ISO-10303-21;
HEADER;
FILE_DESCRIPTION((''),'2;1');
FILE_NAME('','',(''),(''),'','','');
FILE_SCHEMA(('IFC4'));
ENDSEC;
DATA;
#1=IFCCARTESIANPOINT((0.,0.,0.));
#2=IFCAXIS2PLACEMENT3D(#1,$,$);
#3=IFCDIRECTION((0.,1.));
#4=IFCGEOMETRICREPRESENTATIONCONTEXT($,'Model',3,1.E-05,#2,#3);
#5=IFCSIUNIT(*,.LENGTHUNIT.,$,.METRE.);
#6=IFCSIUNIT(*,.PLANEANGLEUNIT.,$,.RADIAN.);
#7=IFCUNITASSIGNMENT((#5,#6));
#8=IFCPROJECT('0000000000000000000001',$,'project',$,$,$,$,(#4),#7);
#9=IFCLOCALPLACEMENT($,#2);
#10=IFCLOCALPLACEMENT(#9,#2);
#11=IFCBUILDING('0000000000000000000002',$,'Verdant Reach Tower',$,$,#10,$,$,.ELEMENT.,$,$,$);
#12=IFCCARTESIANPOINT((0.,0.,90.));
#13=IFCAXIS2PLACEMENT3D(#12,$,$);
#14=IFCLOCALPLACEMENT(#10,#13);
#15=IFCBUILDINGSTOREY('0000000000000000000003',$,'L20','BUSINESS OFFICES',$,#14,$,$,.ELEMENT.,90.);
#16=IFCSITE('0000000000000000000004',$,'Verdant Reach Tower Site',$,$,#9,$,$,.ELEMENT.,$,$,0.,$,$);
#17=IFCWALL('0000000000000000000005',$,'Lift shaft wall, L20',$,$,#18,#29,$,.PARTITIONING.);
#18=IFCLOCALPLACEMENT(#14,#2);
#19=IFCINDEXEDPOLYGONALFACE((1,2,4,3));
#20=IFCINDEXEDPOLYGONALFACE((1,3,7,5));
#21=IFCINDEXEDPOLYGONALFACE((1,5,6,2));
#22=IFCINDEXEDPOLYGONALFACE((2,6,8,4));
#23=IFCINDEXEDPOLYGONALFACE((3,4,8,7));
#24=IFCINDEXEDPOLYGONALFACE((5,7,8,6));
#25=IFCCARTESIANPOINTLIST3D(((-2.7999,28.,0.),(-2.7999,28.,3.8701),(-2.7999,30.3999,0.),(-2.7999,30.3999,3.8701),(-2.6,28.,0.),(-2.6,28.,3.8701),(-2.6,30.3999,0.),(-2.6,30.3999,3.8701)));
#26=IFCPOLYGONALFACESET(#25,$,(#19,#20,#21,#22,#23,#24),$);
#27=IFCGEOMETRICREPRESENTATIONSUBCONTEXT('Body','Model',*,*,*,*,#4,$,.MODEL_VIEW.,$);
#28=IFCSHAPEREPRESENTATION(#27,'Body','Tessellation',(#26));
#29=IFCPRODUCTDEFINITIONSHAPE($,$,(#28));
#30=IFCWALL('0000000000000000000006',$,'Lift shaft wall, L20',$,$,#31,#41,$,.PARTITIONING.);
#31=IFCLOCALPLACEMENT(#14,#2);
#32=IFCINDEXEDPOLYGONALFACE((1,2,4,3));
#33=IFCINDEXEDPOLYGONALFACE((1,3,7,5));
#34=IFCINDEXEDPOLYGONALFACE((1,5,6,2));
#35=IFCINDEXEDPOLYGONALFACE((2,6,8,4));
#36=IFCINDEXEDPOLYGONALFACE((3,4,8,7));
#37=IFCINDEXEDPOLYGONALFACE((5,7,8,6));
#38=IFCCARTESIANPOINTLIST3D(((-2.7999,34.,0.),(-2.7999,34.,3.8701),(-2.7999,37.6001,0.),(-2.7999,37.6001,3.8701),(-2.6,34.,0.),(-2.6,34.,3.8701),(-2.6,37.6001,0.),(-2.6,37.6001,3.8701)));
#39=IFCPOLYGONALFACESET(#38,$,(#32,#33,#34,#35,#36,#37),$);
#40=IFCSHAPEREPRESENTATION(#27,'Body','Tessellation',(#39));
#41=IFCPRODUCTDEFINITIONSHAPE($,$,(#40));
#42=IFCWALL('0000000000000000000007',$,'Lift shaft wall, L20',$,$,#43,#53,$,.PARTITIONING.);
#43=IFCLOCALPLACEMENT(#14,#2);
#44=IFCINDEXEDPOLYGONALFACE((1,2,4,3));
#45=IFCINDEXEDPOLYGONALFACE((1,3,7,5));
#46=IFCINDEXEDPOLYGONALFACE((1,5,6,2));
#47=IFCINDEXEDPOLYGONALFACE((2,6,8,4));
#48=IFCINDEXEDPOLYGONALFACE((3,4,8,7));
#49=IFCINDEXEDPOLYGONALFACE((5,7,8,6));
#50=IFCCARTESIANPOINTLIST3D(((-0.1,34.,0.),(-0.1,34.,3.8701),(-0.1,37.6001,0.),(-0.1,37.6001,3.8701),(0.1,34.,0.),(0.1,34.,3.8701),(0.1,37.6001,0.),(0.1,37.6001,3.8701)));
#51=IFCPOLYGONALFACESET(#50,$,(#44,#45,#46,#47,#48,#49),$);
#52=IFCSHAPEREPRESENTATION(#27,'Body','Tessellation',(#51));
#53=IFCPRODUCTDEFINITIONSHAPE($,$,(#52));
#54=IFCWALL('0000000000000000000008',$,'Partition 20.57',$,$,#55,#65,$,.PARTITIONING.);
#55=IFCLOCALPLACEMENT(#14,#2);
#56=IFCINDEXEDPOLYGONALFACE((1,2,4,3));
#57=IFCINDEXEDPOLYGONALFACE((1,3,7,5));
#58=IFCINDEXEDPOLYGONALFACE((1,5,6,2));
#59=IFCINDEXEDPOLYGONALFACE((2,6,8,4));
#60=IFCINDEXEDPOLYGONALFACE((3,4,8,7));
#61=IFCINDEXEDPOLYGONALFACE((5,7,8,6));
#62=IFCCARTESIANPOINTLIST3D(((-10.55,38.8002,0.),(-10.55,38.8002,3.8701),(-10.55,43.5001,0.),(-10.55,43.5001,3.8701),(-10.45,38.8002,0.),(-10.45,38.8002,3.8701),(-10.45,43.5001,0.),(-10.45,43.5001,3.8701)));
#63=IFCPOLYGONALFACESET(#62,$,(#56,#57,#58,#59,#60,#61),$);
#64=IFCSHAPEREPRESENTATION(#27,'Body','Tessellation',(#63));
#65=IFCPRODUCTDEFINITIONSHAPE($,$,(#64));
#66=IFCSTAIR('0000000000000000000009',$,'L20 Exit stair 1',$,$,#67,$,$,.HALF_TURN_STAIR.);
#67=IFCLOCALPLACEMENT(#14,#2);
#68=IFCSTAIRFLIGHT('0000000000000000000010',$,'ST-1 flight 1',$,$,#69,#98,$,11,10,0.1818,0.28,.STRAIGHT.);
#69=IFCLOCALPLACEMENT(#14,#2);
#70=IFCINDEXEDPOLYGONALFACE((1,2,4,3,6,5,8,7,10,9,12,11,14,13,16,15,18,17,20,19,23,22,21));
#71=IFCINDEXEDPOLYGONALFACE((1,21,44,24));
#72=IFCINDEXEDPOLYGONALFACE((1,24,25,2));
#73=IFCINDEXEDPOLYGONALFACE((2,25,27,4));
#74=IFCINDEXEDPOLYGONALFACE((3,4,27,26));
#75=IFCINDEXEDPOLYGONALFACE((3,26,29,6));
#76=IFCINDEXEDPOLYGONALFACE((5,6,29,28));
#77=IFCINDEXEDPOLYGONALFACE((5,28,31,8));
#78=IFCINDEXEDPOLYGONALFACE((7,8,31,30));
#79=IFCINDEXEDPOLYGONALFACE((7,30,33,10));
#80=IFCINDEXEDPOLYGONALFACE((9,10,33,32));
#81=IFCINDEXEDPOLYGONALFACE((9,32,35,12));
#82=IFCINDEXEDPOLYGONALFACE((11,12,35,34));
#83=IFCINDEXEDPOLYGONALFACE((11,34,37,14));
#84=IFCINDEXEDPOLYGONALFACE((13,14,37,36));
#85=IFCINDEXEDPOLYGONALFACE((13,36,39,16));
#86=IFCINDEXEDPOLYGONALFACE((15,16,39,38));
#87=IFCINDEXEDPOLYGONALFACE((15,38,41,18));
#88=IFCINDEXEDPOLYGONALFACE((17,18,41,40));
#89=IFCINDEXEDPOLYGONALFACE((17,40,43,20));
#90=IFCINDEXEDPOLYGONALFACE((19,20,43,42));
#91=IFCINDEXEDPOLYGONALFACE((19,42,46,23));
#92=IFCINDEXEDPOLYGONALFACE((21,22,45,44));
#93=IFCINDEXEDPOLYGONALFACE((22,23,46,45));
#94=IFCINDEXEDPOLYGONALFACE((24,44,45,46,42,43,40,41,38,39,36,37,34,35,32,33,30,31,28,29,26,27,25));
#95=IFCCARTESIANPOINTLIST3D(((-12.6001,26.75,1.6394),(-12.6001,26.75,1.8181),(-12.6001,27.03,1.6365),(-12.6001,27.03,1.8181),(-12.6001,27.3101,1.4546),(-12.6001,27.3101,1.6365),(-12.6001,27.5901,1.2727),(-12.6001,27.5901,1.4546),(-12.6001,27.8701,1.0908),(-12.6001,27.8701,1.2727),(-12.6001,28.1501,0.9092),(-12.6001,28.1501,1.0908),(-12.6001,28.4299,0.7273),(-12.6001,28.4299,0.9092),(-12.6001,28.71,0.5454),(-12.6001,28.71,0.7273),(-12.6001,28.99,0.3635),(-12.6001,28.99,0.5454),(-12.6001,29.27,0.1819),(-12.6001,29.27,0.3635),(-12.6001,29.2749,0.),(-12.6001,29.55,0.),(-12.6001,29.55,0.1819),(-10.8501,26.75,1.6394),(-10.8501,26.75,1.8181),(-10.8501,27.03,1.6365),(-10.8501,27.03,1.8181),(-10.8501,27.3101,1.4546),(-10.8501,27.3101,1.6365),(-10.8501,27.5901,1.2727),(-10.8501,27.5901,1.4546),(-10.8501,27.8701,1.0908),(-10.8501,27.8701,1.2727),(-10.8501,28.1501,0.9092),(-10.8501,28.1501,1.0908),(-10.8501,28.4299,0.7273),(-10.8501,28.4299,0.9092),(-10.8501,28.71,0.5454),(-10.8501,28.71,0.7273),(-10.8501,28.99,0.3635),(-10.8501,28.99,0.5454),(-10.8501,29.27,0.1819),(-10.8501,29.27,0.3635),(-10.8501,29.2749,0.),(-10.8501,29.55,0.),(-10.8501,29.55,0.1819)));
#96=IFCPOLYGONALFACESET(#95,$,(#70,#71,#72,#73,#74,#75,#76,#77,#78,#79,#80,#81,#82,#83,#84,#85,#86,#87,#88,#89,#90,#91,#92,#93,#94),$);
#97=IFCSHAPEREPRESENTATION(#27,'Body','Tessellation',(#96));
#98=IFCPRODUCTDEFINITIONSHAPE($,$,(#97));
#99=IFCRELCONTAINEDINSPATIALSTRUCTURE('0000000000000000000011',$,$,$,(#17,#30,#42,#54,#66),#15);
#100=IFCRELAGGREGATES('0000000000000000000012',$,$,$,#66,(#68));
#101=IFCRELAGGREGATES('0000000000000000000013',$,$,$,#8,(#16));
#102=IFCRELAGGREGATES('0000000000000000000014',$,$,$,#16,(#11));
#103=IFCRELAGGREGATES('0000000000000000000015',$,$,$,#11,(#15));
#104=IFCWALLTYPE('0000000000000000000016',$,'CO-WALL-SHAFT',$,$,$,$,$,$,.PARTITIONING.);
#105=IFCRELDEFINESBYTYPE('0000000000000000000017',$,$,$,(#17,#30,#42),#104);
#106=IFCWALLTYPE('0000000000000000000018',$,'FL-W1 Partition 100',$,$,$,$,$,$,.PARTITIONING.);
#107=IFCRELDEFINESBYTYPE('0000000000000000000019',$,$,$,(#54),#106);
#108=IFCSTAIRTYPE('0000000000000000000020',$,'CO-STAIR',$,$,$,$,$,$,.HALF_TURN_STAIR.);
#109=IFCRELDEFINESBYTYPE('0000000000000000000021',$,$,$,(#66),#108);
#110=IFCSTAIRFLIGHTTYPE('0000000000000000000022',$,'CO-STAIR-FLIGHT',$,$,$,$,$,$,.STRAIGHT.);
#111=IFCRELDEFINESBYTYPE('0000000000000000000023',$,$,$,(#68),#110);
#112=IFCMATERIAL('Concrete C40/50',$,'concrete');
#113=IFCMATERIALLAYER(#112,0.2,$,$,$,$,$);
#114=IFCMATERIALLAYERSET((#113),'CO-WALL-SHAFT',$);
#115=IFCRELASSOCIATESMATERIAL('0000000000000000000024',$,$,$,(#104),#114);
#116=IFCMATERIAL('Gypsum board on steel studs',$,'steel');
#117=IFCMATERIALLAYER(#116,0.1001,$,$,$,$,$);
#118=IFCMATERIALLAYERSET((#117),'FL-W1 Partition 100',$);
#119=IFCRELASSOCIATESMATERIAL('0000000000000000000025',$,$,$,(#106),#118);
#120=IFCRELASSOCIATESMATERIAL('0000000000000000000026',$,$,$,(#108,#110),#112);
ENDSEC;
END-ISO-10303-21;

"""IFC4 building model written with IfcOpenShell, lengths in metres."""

from ifc_helpers import new_model, si_unit, direction, frame, frame_2d, origin, place, context, subcontext, project, spatial, polyline, rectangle, outline, extrude, material, layer, layer_set, type_object, element, aggregate, save


model = new_model("IFC4")

# Units and contexts
model_context = context("Model", 3, precision=1e-05, world=origin(), true_north=direction((0.0, 1.0)))
body_context = subcontext(model_context, "Body", "Model", "MODEL_VIEW")
ifc_project = project(units=[si_unit("LENGTHUNIT", "METRE"), si_unit("PLANEANGLEUNIT", "RADIAN")], contexts=[model_context])

# Site, building, storey
site_placement = place(None, origin())
site = spatial("IfcSite", under=ifc_project, at=site_placement, Name="Verdant Reach Tower Site", CompositionType="ELEMENT", RefElevation=0.0)
building_placement = place(site_placement, origin())
building = spatial("IfcBuilding", under=site, at=building_placement, Name="Verdant Reach Tower", CompositionType="ELEMENT")
storey_placement = place(building_placement, frame((0.0, 0.0, 90.0)))
storey = spatial("IfcBuildingStorey", under=building, at=storey_placement, Name="L20", Description="BUSINESS OFFICES", CompositionType="ELEMENT", Elevation=90.0)

# Shared definitions
ifc_material_1 = material(Name="Concrete C40/50", Category="concrete")
ifc_layer_1 = layer(ifc_material_1, 0.2)
ifc_layer_set_1 = layer_set([ifc_layer_1], Name="CO-WALL-SHAFT")
wall_type_1 = type_object("IfcWallType", Name="CO-WALL-SHAFT", PredefinedType="PARTITIONING", material=ifc_layer_set_1)

# Walls
wall_1_placement = place(storey_placement, frame((-2.7, 28.0, 0.0), z_axis=(0.0, 0.0, 1.0), x_axis=(0.0, 1.0, 0.0)))
element("IfcWall", 1, at=wall_1_placement, inside=storey, type_object=wall_type_1, Name="Lift shaft wall, L20", PredefinedType="PARTITIONING", context=body_context, shape_type="SweptSolid", body=[
    extrude(rectangle(XDim=2.3999, YDim=0.2, at=frame_2d((1.2, 0.0))), origin(), (0.0, 0.0, 1.0), 3.8701),
])
for number, where, z_axis, x_axis, name in (
    (2, (-2.7, 34.0, 0.0), (0.0, 0.0, 1.0), (0.0, 1.0, 0.0), "Lift shaft wall, L20"),
    (3, (0.0, 34.0, 0.0), (0.0, 0.0, 1.0), (0.0, 1.0, 0.0), "Lift shaft wall, L20"),
):
    element("IfcWall", number, at=place(storey_placement, frame(where, z_axis=z_axis, x_axis=x_axis)), inside=storey, type_object=wall_type_1, Name=name, PredefinedType="PARTITIONING", context=body_context, shape_type="SweptSolid", body=[
        extrude(rectangle(XDim=3.6001, YDim=0.2, at=frame_2d((1.8, 0.0))), origin(), (0.0, 0.0, 1.0), 3.8701),
    ])
ifc_material_2 = material(Name="Gypsum board on steel studs", Category="steel")
ifc_layer_2 = layer(ifc_material_2, 0.1001)
ifc_layer_set_2 = layer_set([ifc_layer_2], Name="FL-W1 Partition 100")
wall_type_2 = type_object("IfcWallType", Name="FL-W1 Partition 100", PredefinedType="PARTITIONING", material=ifc_layer_set_2)
wall_2_placement = place(storey_placement, frame((-10.5, 38.8, 0.0), z_axis=(0.0, 0.0, 1.0), x_axis=(0.0, 1.0, 0.0)))
element("IfcWall", 4, at=wall_2_placement, inside=storey, type_object=wall_type_2, Name="Partition 20.57", PredefinedType="PARTITIONING", context=body_context, shape_type="SweptSolid", body=[
    extrude(rectangle(XDim=4.7, YDim=0.1001, at=frame_2d((2.3501, 0.0))), origin(), (0.0, 0.0, 1.0), 3.8701),
])

# Stair, stair flight
stair_type = type_object("IfcStairType", Name="CO-STAIR", PredefinedType="HALF_TURN_STAIR", material=ifc_material_1)
stair_placement = place(storey_placement, origin())
stair = element("IfcStair", 5, at=stair_placement, inside=storey, type_object=stair_type, Name="L20 Exit stair 1", PredefinedType="HALF_TURN_STAIR")
stair_flight_type = type_object("IfcStairFlightType", Name="CO-STAIR-FLIGHT", PredefinedType="STRAIGHT", material=ifc_material_1)
stair_flight_placement = place(storey_placement, frame((-11.7251, 29.55, 0.0), z_axis=(0.0, 0.0, 1.0), x_axis=(0.0, -1.0, 0.0)))
stair_flight = element("IfcStairFlight", 6, at=stair_flight_placement, type_object=stair_flight_type, Name="ST-1 flight 1", NumberOfRisers=11, NumberOfTreads=10, PredefinedType="STRAIGHT", RiserHeight=0.1818, TreadLength=0.28, context=body_context, shape_type="SweptSolid", body=[
    extrude(outline(polyline([(0.0, 0.0), (0.0, 0.1819), (0.28, 0.1819), (0.28, 0.3635), (0.5601, 0.3635), (0.5601, 0.5454), (0.8401, 0.5454), (0.8401, 0.7273), (1.1201, 0.7273), (1.1201, 0.9092), (1.3999, 0.9092), (1.3999, 1.0908), (1.6799, 1.0908), (1.6799, 1.2727), (1.96, 1.2727), (1.96, 1.4546), (2.24, 1.4546), (2.24, 1.6365), (2.52, 1.6365), (2.52, 1.8181), (2.8, 1.8181), (2.8, 2.0), (2.8, 1.6394), (0.2751, 0.0), (0.0, 0.0)])), frame((0.0, 0.875, 0.0), z_axis=(0.0, -1.0, 0.0), x_axis=(1.0, 0.0, 0.0)), (0.0, 0.0, 1.0), 1.75),
])
aggregate(stair, [stair_flight])

save(model, "model.ifc")
